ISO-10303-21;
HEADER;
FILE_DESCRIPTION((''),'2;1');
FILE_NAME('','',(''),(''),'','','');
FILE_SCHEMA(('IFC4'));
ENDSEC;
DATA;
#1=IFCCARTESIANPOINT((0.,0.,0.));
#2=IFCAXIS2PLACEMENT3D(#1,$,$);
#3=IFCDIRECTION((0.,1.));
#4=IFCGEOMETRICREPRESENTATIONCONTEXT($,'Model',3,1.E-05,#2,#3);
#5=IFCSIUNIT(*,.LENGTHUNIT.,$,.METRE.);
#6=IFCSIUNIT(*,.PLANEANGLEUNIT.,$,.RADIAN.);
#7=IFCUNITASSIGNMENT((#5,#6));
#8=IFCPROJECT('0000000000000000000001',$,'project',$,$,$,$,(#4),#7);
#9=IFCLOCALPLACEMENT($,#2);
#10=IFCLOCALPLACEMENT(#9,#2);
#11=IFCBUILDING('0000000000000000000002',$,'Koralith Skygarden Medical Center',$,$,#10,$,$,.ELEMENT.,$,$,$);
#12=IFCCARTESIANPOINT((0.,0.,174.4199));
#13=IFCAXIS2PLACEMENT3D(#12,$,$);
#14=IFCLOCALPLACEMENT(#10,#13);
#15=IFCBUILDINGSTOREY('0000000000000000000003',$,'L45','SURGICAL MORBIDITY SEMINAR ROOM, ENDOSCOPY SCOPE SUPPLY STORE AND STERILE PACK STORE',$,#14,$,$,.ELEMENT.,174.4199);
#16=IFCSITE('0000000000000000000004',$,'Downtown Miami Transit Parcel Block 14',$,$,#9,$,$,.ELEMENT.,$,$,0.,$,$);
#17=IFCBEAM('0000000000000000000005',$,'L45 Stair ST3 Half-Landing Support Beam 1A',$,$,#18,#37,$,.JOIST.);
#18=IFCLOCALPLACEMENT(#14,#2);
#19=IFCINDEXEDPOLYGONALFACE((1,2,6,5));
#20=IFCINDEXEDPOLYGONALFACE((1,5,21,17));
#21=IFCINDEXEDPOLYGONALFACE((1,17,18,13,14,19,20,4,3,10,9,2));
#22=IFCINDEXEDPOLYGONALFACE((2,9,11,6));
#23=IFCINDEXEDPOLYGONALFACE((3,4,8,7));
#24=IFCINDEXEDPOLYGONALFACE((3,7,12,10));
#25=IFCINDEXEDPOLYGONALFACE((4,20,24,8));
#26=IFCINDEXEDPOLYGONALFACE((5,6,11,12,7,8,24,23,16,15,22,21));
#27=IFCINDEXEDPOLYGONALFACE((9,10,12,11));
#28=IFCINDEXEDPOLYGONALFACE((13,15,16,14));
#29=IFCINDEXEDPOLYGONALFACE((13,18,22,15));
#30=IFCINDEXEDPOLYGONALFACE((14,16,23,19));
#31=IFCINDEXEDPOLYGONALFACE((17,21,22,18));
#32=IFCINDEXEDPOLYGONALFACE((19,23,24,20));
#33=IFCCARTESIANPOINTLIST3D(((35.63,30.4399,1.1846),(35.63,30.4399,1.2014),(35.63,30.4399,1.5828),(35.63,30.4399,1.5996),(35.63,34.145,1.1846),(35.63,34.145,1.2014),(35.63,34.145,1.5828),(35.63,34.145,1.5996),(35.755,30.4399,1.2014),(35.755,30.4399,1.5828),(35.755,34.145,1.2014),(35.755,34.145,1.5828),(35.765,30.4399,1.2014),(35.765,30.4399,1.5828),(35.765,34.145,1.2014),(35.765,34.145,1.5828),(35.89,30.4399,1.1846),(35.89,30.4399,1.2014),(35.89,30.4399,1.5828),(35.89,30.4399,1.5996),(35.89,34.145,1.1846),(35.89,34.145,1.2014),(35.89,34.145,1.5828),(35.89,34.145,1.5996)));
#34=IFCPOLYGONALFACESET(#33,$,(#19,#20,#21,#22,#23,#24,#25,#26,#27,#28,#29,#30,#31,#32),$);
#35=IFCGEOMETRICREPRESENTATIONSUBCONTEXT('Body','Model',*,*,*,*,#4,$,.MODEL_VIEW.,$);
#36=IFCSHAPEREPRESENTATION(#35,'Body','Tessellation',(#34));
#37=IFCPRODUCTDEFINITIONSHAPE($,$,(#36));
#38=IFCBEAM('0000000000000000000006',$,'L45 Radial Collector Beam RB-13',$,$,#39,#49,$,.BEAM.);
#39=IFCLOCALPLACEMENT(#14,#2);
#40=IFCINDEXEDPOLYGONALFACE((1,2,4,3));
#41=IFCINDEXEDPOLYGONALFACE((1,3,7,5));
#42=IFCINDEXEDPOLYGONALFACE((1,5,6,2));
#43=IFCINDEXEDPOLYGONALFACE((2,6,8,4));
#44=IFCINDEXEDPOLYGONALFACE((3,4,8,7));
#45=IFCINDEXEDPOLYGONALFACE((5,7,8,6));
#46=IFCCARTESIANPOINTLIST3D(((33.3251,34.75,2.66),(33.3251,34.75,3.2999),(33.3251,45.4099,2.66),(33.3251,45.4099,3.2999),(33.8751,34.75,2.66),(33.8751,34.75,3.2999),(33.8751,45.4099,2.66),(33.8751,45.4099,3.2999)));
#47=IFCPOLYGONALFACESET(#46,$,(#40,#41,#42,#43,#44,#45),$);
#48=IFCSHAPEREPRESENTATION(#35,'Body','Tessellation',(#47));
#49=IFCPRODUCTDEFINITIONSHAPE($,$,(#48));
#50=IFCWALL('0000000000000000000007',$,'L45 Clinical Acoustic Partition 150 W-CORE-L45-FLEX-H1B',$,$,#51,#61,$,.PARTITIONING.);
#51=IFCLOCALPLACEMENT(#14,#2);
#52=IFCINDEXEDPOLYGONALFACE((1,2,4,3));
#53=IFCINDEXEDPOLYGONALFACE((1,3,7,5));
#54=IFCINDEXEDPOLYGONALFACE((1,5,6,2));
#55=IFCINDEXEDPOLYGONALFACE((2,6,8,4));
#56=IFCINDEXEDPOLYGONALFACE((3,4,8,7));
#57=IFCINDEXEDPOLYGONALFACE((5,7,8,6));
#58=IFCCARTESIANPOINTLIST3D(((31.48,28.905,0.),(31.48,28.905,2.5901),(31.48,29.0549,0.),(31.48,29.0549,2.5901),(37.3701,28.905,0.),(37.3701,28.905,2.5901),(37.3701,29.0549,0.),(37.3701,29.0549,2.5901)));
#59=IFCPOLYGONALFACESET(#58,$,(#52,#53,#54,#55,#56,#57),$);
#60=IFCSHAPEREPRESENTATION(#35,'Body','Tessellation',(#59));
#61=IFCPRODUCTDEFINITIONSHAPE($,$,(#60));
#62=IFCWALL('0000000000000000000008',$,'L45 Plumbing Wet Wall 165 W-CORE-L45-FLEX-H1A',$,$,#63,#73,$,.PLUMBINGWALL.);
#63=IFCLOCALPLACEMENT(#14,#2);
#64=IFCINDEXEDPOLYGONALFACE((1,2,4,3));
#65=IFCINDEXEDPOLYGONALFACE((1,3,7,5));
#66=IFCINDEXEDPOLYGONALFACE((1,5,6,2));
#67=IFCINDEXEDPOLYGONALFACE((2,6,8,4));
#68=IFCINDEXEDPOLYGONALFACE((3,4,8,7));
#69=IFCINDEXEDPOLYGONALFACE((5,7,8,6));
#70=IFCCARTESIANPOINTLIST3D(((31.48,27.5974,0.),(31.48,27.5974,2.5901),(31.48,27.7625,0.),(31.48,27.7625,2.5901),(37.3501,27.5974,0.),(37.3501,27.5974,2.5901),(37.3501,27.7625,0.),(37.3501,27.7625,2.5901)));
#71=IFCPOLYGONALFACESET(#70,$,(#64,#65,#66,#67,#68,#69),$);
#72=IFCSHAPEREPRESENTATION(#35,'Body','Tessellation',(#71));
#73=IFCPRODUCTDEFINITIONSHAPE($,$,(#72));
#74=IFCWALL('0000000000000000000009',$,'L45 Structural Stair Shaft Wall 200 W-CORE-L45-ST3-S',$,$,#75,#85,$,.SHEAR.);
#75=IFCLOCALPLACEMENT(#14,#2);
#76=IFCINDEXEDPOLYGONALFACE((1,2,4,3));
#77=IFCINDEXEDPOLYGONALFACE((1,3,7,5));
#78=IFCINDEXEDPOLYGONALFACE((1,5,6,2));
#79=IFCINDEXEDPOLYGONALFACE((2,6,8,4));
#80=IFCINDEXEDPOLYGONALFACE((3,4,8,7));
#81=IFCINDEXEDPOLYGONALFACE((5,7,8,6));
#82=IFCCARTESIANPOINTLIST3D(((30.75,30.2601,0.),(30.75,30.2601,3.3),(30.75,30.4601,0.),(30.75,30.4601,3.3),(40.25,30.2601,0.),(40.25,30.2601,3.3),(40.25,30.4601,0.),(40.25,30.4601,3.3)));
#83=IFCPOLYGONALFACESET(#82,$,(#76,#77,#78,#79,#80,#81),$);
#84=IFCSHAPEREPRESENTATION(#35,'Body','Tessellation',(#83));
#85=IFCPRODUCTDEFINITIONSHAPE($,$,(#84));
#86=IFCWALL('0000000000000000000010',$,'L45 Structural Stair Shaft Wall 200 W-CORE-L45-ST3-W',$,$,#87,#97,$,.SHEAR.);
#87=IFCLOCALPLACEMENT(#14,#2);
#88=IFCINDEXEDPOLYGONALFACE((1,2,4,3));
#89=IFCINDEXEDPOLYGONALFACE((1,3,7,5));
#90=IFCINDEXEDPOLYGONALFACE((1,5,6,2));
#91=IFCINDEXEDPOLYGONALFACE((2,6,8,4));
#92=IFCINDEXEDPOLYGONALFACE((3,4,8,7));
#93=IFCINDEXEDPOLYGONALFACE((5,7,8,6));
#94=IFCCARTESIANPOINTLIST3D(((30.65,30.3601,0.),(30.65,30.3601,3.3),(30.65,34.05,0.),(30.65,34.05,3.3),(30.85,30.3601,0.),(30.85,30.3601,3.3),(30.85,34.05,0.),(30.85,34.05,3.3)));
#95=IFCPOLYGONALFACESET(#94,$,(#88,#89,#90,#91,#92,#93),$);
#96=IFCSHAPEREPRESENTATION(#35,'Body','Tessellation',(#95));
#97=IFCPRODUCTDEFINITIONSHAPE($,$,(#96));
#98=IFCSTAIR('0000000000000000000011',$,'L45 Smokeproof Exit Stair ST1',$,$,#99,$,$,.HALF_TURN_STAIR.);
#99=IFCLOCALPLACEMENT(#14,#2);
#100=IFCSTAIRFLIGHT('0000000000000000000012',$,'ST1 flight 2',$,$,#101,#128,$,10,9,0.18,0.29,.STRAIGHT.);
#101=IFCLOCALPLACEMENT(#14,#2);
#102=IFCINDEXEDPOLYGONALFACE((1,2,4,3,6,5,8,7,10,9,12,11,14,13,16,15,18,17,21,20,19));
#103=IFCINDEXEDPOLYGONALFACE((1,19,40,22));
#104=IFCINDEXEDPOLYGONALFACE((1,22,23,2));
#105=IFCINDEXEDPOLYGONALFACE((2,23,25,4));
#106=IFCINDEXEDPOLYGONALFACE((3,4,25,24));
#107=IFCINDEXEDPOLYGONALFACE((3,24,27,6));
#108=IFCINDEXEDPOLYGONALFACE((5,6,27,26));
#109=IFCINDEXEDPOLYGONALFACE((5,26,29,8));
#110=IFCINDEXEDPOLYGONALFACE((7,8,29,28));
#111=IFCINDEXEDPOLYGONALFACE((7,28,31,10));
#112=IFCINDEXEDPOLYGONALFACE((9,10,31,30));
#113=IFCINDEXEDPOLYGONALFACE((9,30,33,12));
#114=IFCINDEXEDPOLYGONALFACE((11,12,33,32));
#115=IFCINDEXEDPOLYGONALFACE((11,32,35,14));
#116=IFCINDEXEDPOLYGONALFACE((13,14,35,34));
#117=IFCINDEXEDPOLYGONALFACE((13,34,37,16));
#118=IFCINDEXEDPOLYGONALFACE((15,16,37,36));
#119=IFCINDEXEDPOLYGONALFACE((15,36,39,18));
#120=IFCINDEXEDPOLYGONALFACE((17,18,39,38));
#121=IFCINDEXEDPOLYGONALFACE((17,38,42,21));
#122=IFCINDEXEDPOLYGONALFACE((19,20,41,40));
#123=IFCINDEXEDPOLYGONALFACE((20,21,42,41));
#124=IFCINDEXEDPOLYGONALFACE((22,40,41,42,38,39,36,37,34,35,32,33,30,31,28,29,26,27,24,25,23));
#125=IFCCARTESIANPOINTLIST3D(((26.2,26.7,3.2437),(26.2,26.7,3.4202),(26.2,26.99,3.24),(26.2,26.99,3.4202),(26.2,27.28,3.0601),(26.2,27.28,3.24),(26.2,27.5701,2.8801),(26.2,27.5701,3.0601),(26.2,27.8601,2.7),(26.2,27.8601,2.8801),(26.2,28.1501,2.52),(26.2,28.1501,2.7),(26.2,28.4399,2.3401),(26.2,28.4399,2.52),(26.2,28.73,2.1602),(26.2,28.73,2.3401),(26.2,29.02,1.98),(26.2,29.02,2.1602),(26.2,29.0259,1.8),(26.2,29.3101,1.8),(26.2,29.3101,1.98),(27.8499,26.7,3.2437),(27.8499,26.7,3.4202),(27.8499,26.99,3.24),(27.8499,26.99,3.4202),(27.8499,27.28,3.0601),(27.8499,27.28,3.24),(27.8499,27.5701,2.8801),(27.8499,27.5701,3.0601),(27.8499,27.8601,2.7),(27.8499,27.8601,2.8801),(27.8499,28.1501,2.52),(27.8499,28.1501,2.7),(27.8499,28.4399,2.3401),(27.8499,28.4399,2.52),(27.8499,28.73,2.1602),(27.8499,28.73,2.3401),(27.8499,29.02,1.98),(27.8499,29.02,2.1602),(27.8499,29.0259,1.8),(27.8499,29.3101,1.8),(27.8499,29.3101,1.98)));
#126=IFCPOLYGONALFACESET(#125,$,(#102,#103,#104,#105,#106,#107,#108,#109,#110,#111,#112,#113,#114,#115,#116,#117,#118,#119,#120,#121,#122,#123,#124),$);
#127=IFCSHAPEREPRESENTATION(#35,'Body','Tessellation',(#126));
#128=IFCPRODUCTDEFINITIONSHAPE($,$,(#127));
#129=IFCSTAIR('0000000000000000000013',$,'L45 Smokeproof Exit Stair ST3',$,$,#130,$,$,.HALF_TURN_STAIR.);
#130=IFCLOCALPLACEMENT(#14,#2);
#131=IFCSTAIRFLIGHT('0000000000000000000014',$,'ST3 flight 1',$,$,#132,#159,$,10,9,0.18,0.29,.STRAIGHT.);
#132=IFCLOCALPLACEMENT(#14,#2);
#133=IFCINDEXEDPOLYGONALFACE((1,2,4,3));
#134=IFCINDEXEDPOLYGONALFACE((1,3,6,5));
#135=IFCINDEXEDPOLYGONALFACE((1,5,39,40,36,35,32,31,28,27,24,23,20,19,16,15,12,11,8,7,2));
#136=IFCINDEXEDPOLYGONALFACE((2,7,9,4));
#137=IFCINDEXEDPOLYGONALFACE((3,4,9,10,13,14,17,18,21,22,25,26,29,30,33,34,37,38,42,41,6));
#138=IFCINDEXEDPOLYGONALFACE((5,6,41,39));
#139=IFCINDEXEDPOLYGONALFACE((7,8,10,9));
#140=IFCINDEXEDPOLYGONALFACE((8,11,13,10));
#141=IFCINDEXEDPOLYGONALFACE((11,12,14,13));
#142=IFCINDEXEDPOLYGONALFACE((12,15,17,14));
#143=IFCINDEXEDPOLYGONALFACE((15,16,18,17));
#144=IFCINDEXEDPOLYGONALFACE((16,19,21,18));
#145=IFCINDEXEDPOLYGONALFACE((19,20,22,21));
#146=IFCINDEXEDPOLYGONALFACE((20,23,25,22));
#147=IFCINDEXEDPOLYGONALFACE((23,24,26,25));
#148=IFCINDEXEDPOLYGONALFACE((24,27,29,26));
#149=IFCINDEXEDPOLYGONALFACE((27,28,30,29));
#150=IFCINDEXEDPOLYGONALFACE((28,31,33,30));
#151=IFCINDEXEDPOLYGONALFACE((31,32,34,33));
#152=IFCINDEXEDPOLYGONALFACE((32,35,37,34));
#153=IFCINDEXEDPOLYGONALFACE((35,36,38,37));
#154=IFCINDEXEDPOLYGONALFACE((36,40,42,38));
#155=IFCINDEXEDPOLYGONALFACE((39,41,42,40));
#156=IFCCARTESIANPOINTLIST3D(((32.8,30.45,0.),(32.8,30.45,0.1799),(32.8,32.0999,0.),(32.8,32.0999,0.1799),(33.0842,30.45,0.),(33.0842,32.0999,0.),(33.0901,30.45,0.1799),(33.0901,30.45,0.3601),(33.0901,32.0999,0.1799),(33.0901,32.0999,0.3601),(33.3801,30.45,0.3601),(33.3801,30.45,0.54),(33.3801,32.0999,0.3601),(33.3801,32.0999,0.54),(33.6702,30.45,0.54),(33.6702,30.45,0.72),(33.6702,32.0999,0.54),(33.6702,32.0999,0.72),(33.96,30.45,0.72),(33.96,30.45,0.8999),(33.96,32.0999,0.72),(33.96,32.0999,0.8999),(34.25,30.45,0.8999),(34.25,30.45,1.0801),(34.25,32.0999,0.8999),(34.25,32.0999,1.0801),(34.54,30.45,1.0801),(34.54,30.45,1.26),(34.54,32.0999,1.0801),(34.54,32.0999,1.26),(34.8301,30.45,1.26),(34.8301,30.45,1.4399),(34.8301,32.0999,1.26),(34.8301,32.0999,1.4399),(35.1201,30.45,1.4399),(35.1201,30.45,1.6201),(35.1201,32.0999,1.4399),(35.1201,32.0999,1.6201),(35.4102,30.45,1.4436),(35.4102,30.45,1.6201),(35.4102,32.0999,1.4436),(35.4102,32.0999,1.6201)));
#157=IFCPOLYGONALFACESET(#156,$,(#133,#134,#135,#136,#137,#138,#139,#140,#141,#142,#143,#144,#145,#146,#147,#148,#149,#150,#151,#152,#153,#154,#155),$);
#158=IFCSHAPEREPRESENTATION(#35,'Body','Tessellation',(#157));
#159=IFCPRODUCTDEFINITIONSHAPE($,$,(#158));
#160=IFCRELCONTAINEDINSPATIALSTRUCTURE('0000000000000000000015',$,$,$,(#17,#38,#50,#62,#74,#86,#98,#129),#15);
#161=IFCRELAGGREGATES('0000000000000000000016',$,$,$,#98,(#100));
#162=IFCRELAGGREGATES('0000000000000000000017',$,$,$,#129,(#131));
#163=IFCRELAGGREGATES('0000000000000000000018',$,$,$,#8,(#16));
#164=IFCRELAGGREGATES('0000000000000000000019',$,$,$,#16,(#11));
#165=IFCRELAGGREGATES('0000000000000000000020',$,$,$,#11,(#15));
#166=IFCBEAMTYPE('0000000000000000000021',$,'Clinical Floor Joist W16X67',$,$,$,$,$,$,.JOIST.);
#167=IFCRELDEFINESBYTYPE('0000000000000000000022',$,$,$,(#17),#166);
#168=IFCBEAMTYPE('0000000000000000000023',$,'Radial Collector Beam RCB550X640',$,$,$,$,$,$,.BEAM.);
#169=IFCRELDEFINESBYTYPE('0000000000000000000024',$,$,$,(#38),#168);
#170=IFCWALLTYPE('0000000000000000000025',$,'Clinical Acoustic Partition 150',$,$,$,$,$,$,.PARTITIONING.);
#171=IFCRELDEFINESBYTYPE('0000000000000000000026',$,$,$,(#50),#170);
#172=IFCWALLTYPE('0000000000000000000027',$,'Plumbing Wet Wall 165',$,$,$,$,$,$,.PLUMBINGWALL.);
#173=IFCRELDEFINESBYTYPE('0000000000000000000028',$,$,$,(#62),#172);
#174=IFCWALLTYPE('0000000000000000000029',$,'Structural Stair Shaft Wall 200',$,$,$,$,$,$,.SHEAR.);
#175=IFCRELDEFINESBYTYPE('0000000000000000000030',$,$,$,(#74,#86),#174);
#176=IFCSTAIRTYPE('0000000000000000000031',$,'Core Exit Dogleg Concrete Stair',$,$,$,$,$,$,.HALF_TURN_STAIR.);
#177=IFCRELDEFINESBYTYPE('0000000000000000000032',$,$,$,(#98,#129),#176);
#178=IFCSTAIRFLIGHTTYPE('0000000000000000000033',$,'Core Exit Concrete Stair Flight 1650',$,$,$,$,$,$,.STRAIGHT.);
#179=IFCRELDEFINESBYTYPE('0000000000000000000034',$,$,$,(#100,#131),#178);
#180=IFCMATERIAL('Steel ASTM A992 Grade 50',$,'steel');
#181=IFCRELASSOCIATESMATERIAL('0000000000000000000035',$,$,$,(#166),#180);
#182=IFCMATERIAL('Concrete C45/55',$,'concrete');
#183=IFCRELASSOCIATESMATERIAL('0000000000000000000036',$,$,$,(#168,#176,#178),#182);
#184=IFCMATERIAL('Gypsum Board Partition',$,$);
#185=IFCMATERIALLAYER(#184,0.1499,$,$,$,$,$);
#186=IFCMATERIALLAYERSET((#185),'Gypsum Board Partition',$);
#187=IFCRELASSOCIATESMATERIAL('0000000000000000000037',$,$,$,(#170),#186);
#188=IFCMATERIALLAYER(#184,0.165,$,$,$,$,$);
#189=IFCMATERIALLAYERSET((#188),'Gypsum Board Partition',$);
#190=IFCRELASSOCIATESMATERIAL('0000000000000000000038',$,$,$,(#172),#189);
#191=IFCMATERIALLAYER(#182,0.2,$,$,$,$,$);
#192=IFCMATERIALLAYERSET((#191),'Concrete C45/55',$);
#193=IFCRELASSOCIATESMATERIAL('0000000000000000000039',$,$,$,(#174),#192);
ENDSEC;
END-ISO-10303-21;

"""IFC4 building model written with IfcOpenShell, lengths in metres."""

from ifc_helpers import new_model, si_unit, direction, frame, frame_2d, origin, origin_2d, place, context, subcontext, project, spatial, polyline, rectangle, i_section, outline, extrude, material, layer, layer_set, material_profile, profile_set, type_object, element, aggregate, save


model = new_model("IFC4")

# Units and contexts
model_context = context("Model", 3, precision=1e-05, world=origin(), true_north=direction((0.0, 1.0)))
body_context = subcontext(model_context, "Body", "Model", "MODEL_VIEW")
ifc_project = project(units=[si_unit("LENGTHUNIT", "METRE"), si_unit("PLANEANGLEUNIT", "RADIAN")], contexts=[model_context])

# Site, building, storey
site_placement = place(None, origin())
site = spatial("IfcSite", under=ifc_project, at=site_placement, Name="Downtown Miami Transit Parcel Block 14", CompositionType="ELEMENT", RefElevation=0.0)
building_placement = place(site_placement, origin())
building = spatial("IfcBuilding", under=site, at=building_placement, Name="Koralith Skygarden Medical Center", CompositionType="ELEMENT")
storey_placement = place(building_placement, frame((0.0, 0.0, 174.4199)))
storey = spatial("IfcBuildingStorey", under=building, at=storey_placement, Name="L45", Description="SURGICAL MORBIDITY SEMINAR ROOM, ENDOSCOPY SCOPE SUPPLY STORE AND STERILE PACK STORE", CompositionType="ELEMENT", Elevation=174.4199)

# Beams
ifc_material_1 = material(Name="Steel ASTM A992 Grade 50", Category="steel")
ifc_material_profile_1 = material_profile(ifc_material_1, i_section(OverallWidth=0.26, OverallDepth=0.415, WebThickness=0.01, FlangeThickness=0.0168, at=origin_2d()), Name="W16X67")
ifc_profile_set_1 = profile_set([ifc_material_profile_1], Name="Steel ASTM A992 Grade 50")
beam_type_1 = type_object("IfcBeamType", Name="Clinical Floor Joist W16X67", PredefinedType="JOIST", material=ifc_profile_set_1)
beam_1_placement = place(storey_placement, frame((35.76, 30.4399, 1.3921), z_axis=(0.0, 1.0, 0.0), x_axis=(-1.0, 0.0, 0.0)))
element("IfcBeam", 1, at=beam_1_placement, inside=storey, type_object=beam_type_1, Name="L45 Stair ST3 Half-Landing Support Beam 1A", PredefinedType="JOIST", context=body_context, shape_type="SweptSolid", body=[
    extrude(i_section(OverallWidth=0.26, OverallDepth=0.415, WebThickness=0.01, FlangeThickness=0.0168, at=origin_2d()), origin(), (0.0, 0.0, 1.0), 3.7051),
])
ifc_material_2 = material(Name="Concrete C45/55", Category="concrete")
ifc_material_profile_2 = material_profile(ifc_material_2, rectangle(XDim=0.55, YDim=0.6399, at=origin_2d()), Name="RCB550X640")
ifc_profile_set_2 = profile_set([ifc_material_profile_2], Name="Concrete C45/55")
beam_type_2 = type_object("IfcBeamType", Name="Radial Collector Beam RCB550X640", PredefinedType="BEAM", material=ifc_profile_set_2)
beam_2_placement = place(storey_placement, frame((33.6001, 34.75, 2.98), z_axis=(0.0, 1.0, 0.0), x_axis=(-1.0, 0.0, 0.0)))
element("IfcBeam", 2, at=beam_2_placement, inside=storey, type_object=beam_type_2, Name="L45 Radial Collector Beam RB-13", PredefinedType="BEAM", context=body_context, shape_type="SweptSolid", body=[
    extrude(rectangle(XDim=0.55, YDim=0.6399, at=origin_2d()), origin(), (0.0, 0.0, 1.0), 10.6599),
])

# Wall
ifc_material_3 = material(Name="Gypsum Board Partition")
ifc_layer_1 = layer(ifc_material_3, 0.1499)
ifc_layer_set_1 = layer_set([ifc_layer_1], Name="Gypsum Board Partition")
wall_type_1 = type_object("IfcWallType", Name="Clinical Acoustic Partition 150", PredefinedType="PARTITIONING", material=ifc_layer_set_1)
wall_1_placement = place(storey_placement, frame((31.48, 28.98, 0.0), z_axis=(0.0, 0.0, 1.0), x_axis=(1.0, 0.0, 0.0)))
element("IfcWall", 3, at=wall_1_placement, inside=storey, type_object=wall_type_1, Name="L45 Clinical Acoustic Partition 150 W-CORE-L45-FLEX-H1B", PredefinedType="PARTITIONING", context=body_context, shape_type="SweptSolid", body=[
    extrude(rectangle(XDim=5.8901, YDim=0.1499, at=frame_2d((2.9451, 0.0))), origin(), (0.0, 0.0, 1.0), 2.5901),
])

# Walls
ifc_layer_2 = layer(ifc_material_3, 0.165)
ifc_layer_set_2 = layer_set([ifc_layer_2], Name="Gypsum Board Partition")
wall_type_2 = type_object("IfcWallType", Name="Plumbing Wet Wall 165", PredefinedType="PLUMBINGWALL", material=ifc_layer_set_2)
wall_2_placement = place(storey_placement, frame((31.48, 27.6799, 0.0), z_axis=(0.0, 0.0, 1.0), x_axis=(1.0, 0.0, 0.0)))
element("IfcWall", 4, at=wall_2_placement, inside=storey, type_object=wall_type_2, Name="L45 Plumbing Wet Wall 165 W-CORE-L45-FLEX-H1A", PredefinedType="PLUMBINGWALL", context=body_context, shape_type="SweptSolid", body=[
    extrude(rectangle(XDim=5.8701, YDim=0.165, at=frame_2d((2.9351, 0.0))), origin(), (0.0, 0.0, 1.0), 2.5901),
])
ifc_layer_3 = layer(ifc_material_2, 0.2)
ifc_layer_set_3 = layer_set([ifc_layer_3], Name="Concrete C45/55")
wall_type_3 = type_object("IfcWallType", Name="Structural Stair Shaft Wall 200", PredefinedType="SHEAR", material=ifc_layer_set_3)
wall_3_placement = place(storey_placement, frame((30.75, 30.3601, 0.0), z_axis=(0.0, 0.0, 1.0), x_axis=(1.0, 0.0, 0.0)))
element("IfcWall", 5, at=wall_3_placement, inside=storey, type_object=wall_type_3, Name="L45 Structural Stair Shaft Wall 200 W-CORE-L45-ST3-S", PredefinedType="SHEAR", context=body_context, shape_type="SweptSolid", body=[
    extrude(rectangle(XDim=9.5, YDim=0.2, at=frame_2d((4.75, 0.0))), origin(), (0.0, 0.0, 1.0), 3.3),
])
wall_4_placement = place(storey_placement, frame((30.75, 30.3601, 0.0), z_axis=(0.0, 0.0, 1.0), x_axis=(0.0, 1.0, 0.0)))
element("IfcWall", 6, at=wall_4_placement, inside=storey, type_object=wall_type_3, Name="L45 Structural Stair Shaft Wall 200 W-CORE-L45-ST3-W", PredefinedType="SHEAR", context=body_context, shape_type="SweptSolid", body=[
    extrude(rectangle(XDim=3.6899, YDim=0.2, at=frame_2d((1.845, 0.0))), origin(), (0.0, 0.0, 1.0), 3.3),
])

# Stair, stair flight
stair_type = type_object("IfcStairType", Name="Core Exit Dogleg Concrete Stair", PredefinedType="HALF_TURN_STAIR", material=ifc_material_2)
stair_1_placement = place(storey_placement, origin())
stair_1 = element("IfcStair", 7, at=stair_1_placement, inside=storey, type_object=stair_type, Name="L45 Smokeproof Exit Stair ST1", PredefinedType="HALF_TURN_STAIR")
stair_flight_type = type_object("IfcStairFlightType", Name="Core Exit Concrete Stair Flight 1650", PredefinedType="STRAIGHT", material=ifc_material_2)
stair_flight_1_placement = place(storey_placement, frame((27.0249, 29.3101, 1.8), z_axis=(0.0, 0.0, 1.0), x_axis=(0.0, -1.0, 0.0)))
stair_flight_1 = element("IfcStairFlight", 8, at=stair_flight_1_placement, type_object=stair_flight_type, Name="ST1 flight 2", NumberOfRisers=10, NumberOfTreads=9, PredefinedType="STRAIGHT", RiserHeight=0.18, TreadLength=0.29, context=body_context, shape_type="SweptSolid", body=[
    extrude(outline(polyline([(0.0, 0.0), (0.0, 0.1799), (0.29, 0.1799), (0.29, 0.3601), (0.5801, 0.3601), (0.5801, 0.54), (0.8701, 0.54), (0.8701, 0.72), (1.1599, 0.72), (1.1599, 0.8999), (1.45, 0.8999), (1.45, 1.0801), (1.74, 1.0801), (1.74, 1.26), (2.03, 1.26), (2.03, 1.4399), (2.3201, 1.4399), (2.3201, 1.6201), (2.6101, 1.6201), (2.6101, 1.8), (2.6101, 1.4436), (0.2842, 0.0), (0.0, 0.0)])), frame((0.0, 0.825, 0.0), z_axis=(0.0, -1.0, 0.0), x_axis=(1.0, 0.0, 0.0)), (0.0, 0.0, 1.0), 1.6499),
])
aggregate(stair_1, [stair_flight_1])

# Stair, stair flight
stair_2_placement = place(storey_placement, origin())
stair_2 = element("IfcStair", 9, at=stair_2_placement, inside=storey, type_object=stair_type, Name="L45 Smokeproof Exit Stair ST3", PredefinedType="HALF_TURN_STAIR")
stair_flight_2_placement = place(storey_placement, frame((32.8, 31.2749, 0.0), z_axis=(0.0, 0.0, 1.0), x_axis=(1.0, 0.0, 0.0)))
stair_flight_2 = element("IfcStairFlight", 10, at=stair_flight_2_placement, type_object=stair_flight_type, Name="ST3 flight 1", NumberOfRisers=10, NumberOfTreads=9, PredefinedType="STRAIGHT", RiserHeight=0.18, TreadLength=0.29, context=body_context, shape_type="SweptSolid", body=[
    extrude(outline(polyline([(0.0, 0.0), (0.0, 0.1799), (0.29, 0.1799), (0.29, 0.3601), (0.5801, 0.3601), (0.5801, 0.54), (0.8701, 0.54), (0.8701, 0.72), (1.1599, 0.72), (1.1599, 0.8999), (1.45, 0.8999), (1.45, 1.0801), (1.74, 1.0801), (1.74, 1.26), (2.03, 1.26), (2.03, 1.4399), (2.3201, 1.4399), (2.3201, 1.6201), (2.6101, 1.6201), (2.6101, 1.8), (2.6101, 1.4436), (0.2842, 0.0), (0.0, 0.0)])), frame((0.0, 0.825, 0.0), z_axis=(0.0, -1.0, 0.0), x_axis=(1.0, 0.0, 0.0)), (0.0, 0.0, 1.0), 1.6499),
])
aggregate(stair_2, [stair_flight_2])

save(model, "model.ifc")
